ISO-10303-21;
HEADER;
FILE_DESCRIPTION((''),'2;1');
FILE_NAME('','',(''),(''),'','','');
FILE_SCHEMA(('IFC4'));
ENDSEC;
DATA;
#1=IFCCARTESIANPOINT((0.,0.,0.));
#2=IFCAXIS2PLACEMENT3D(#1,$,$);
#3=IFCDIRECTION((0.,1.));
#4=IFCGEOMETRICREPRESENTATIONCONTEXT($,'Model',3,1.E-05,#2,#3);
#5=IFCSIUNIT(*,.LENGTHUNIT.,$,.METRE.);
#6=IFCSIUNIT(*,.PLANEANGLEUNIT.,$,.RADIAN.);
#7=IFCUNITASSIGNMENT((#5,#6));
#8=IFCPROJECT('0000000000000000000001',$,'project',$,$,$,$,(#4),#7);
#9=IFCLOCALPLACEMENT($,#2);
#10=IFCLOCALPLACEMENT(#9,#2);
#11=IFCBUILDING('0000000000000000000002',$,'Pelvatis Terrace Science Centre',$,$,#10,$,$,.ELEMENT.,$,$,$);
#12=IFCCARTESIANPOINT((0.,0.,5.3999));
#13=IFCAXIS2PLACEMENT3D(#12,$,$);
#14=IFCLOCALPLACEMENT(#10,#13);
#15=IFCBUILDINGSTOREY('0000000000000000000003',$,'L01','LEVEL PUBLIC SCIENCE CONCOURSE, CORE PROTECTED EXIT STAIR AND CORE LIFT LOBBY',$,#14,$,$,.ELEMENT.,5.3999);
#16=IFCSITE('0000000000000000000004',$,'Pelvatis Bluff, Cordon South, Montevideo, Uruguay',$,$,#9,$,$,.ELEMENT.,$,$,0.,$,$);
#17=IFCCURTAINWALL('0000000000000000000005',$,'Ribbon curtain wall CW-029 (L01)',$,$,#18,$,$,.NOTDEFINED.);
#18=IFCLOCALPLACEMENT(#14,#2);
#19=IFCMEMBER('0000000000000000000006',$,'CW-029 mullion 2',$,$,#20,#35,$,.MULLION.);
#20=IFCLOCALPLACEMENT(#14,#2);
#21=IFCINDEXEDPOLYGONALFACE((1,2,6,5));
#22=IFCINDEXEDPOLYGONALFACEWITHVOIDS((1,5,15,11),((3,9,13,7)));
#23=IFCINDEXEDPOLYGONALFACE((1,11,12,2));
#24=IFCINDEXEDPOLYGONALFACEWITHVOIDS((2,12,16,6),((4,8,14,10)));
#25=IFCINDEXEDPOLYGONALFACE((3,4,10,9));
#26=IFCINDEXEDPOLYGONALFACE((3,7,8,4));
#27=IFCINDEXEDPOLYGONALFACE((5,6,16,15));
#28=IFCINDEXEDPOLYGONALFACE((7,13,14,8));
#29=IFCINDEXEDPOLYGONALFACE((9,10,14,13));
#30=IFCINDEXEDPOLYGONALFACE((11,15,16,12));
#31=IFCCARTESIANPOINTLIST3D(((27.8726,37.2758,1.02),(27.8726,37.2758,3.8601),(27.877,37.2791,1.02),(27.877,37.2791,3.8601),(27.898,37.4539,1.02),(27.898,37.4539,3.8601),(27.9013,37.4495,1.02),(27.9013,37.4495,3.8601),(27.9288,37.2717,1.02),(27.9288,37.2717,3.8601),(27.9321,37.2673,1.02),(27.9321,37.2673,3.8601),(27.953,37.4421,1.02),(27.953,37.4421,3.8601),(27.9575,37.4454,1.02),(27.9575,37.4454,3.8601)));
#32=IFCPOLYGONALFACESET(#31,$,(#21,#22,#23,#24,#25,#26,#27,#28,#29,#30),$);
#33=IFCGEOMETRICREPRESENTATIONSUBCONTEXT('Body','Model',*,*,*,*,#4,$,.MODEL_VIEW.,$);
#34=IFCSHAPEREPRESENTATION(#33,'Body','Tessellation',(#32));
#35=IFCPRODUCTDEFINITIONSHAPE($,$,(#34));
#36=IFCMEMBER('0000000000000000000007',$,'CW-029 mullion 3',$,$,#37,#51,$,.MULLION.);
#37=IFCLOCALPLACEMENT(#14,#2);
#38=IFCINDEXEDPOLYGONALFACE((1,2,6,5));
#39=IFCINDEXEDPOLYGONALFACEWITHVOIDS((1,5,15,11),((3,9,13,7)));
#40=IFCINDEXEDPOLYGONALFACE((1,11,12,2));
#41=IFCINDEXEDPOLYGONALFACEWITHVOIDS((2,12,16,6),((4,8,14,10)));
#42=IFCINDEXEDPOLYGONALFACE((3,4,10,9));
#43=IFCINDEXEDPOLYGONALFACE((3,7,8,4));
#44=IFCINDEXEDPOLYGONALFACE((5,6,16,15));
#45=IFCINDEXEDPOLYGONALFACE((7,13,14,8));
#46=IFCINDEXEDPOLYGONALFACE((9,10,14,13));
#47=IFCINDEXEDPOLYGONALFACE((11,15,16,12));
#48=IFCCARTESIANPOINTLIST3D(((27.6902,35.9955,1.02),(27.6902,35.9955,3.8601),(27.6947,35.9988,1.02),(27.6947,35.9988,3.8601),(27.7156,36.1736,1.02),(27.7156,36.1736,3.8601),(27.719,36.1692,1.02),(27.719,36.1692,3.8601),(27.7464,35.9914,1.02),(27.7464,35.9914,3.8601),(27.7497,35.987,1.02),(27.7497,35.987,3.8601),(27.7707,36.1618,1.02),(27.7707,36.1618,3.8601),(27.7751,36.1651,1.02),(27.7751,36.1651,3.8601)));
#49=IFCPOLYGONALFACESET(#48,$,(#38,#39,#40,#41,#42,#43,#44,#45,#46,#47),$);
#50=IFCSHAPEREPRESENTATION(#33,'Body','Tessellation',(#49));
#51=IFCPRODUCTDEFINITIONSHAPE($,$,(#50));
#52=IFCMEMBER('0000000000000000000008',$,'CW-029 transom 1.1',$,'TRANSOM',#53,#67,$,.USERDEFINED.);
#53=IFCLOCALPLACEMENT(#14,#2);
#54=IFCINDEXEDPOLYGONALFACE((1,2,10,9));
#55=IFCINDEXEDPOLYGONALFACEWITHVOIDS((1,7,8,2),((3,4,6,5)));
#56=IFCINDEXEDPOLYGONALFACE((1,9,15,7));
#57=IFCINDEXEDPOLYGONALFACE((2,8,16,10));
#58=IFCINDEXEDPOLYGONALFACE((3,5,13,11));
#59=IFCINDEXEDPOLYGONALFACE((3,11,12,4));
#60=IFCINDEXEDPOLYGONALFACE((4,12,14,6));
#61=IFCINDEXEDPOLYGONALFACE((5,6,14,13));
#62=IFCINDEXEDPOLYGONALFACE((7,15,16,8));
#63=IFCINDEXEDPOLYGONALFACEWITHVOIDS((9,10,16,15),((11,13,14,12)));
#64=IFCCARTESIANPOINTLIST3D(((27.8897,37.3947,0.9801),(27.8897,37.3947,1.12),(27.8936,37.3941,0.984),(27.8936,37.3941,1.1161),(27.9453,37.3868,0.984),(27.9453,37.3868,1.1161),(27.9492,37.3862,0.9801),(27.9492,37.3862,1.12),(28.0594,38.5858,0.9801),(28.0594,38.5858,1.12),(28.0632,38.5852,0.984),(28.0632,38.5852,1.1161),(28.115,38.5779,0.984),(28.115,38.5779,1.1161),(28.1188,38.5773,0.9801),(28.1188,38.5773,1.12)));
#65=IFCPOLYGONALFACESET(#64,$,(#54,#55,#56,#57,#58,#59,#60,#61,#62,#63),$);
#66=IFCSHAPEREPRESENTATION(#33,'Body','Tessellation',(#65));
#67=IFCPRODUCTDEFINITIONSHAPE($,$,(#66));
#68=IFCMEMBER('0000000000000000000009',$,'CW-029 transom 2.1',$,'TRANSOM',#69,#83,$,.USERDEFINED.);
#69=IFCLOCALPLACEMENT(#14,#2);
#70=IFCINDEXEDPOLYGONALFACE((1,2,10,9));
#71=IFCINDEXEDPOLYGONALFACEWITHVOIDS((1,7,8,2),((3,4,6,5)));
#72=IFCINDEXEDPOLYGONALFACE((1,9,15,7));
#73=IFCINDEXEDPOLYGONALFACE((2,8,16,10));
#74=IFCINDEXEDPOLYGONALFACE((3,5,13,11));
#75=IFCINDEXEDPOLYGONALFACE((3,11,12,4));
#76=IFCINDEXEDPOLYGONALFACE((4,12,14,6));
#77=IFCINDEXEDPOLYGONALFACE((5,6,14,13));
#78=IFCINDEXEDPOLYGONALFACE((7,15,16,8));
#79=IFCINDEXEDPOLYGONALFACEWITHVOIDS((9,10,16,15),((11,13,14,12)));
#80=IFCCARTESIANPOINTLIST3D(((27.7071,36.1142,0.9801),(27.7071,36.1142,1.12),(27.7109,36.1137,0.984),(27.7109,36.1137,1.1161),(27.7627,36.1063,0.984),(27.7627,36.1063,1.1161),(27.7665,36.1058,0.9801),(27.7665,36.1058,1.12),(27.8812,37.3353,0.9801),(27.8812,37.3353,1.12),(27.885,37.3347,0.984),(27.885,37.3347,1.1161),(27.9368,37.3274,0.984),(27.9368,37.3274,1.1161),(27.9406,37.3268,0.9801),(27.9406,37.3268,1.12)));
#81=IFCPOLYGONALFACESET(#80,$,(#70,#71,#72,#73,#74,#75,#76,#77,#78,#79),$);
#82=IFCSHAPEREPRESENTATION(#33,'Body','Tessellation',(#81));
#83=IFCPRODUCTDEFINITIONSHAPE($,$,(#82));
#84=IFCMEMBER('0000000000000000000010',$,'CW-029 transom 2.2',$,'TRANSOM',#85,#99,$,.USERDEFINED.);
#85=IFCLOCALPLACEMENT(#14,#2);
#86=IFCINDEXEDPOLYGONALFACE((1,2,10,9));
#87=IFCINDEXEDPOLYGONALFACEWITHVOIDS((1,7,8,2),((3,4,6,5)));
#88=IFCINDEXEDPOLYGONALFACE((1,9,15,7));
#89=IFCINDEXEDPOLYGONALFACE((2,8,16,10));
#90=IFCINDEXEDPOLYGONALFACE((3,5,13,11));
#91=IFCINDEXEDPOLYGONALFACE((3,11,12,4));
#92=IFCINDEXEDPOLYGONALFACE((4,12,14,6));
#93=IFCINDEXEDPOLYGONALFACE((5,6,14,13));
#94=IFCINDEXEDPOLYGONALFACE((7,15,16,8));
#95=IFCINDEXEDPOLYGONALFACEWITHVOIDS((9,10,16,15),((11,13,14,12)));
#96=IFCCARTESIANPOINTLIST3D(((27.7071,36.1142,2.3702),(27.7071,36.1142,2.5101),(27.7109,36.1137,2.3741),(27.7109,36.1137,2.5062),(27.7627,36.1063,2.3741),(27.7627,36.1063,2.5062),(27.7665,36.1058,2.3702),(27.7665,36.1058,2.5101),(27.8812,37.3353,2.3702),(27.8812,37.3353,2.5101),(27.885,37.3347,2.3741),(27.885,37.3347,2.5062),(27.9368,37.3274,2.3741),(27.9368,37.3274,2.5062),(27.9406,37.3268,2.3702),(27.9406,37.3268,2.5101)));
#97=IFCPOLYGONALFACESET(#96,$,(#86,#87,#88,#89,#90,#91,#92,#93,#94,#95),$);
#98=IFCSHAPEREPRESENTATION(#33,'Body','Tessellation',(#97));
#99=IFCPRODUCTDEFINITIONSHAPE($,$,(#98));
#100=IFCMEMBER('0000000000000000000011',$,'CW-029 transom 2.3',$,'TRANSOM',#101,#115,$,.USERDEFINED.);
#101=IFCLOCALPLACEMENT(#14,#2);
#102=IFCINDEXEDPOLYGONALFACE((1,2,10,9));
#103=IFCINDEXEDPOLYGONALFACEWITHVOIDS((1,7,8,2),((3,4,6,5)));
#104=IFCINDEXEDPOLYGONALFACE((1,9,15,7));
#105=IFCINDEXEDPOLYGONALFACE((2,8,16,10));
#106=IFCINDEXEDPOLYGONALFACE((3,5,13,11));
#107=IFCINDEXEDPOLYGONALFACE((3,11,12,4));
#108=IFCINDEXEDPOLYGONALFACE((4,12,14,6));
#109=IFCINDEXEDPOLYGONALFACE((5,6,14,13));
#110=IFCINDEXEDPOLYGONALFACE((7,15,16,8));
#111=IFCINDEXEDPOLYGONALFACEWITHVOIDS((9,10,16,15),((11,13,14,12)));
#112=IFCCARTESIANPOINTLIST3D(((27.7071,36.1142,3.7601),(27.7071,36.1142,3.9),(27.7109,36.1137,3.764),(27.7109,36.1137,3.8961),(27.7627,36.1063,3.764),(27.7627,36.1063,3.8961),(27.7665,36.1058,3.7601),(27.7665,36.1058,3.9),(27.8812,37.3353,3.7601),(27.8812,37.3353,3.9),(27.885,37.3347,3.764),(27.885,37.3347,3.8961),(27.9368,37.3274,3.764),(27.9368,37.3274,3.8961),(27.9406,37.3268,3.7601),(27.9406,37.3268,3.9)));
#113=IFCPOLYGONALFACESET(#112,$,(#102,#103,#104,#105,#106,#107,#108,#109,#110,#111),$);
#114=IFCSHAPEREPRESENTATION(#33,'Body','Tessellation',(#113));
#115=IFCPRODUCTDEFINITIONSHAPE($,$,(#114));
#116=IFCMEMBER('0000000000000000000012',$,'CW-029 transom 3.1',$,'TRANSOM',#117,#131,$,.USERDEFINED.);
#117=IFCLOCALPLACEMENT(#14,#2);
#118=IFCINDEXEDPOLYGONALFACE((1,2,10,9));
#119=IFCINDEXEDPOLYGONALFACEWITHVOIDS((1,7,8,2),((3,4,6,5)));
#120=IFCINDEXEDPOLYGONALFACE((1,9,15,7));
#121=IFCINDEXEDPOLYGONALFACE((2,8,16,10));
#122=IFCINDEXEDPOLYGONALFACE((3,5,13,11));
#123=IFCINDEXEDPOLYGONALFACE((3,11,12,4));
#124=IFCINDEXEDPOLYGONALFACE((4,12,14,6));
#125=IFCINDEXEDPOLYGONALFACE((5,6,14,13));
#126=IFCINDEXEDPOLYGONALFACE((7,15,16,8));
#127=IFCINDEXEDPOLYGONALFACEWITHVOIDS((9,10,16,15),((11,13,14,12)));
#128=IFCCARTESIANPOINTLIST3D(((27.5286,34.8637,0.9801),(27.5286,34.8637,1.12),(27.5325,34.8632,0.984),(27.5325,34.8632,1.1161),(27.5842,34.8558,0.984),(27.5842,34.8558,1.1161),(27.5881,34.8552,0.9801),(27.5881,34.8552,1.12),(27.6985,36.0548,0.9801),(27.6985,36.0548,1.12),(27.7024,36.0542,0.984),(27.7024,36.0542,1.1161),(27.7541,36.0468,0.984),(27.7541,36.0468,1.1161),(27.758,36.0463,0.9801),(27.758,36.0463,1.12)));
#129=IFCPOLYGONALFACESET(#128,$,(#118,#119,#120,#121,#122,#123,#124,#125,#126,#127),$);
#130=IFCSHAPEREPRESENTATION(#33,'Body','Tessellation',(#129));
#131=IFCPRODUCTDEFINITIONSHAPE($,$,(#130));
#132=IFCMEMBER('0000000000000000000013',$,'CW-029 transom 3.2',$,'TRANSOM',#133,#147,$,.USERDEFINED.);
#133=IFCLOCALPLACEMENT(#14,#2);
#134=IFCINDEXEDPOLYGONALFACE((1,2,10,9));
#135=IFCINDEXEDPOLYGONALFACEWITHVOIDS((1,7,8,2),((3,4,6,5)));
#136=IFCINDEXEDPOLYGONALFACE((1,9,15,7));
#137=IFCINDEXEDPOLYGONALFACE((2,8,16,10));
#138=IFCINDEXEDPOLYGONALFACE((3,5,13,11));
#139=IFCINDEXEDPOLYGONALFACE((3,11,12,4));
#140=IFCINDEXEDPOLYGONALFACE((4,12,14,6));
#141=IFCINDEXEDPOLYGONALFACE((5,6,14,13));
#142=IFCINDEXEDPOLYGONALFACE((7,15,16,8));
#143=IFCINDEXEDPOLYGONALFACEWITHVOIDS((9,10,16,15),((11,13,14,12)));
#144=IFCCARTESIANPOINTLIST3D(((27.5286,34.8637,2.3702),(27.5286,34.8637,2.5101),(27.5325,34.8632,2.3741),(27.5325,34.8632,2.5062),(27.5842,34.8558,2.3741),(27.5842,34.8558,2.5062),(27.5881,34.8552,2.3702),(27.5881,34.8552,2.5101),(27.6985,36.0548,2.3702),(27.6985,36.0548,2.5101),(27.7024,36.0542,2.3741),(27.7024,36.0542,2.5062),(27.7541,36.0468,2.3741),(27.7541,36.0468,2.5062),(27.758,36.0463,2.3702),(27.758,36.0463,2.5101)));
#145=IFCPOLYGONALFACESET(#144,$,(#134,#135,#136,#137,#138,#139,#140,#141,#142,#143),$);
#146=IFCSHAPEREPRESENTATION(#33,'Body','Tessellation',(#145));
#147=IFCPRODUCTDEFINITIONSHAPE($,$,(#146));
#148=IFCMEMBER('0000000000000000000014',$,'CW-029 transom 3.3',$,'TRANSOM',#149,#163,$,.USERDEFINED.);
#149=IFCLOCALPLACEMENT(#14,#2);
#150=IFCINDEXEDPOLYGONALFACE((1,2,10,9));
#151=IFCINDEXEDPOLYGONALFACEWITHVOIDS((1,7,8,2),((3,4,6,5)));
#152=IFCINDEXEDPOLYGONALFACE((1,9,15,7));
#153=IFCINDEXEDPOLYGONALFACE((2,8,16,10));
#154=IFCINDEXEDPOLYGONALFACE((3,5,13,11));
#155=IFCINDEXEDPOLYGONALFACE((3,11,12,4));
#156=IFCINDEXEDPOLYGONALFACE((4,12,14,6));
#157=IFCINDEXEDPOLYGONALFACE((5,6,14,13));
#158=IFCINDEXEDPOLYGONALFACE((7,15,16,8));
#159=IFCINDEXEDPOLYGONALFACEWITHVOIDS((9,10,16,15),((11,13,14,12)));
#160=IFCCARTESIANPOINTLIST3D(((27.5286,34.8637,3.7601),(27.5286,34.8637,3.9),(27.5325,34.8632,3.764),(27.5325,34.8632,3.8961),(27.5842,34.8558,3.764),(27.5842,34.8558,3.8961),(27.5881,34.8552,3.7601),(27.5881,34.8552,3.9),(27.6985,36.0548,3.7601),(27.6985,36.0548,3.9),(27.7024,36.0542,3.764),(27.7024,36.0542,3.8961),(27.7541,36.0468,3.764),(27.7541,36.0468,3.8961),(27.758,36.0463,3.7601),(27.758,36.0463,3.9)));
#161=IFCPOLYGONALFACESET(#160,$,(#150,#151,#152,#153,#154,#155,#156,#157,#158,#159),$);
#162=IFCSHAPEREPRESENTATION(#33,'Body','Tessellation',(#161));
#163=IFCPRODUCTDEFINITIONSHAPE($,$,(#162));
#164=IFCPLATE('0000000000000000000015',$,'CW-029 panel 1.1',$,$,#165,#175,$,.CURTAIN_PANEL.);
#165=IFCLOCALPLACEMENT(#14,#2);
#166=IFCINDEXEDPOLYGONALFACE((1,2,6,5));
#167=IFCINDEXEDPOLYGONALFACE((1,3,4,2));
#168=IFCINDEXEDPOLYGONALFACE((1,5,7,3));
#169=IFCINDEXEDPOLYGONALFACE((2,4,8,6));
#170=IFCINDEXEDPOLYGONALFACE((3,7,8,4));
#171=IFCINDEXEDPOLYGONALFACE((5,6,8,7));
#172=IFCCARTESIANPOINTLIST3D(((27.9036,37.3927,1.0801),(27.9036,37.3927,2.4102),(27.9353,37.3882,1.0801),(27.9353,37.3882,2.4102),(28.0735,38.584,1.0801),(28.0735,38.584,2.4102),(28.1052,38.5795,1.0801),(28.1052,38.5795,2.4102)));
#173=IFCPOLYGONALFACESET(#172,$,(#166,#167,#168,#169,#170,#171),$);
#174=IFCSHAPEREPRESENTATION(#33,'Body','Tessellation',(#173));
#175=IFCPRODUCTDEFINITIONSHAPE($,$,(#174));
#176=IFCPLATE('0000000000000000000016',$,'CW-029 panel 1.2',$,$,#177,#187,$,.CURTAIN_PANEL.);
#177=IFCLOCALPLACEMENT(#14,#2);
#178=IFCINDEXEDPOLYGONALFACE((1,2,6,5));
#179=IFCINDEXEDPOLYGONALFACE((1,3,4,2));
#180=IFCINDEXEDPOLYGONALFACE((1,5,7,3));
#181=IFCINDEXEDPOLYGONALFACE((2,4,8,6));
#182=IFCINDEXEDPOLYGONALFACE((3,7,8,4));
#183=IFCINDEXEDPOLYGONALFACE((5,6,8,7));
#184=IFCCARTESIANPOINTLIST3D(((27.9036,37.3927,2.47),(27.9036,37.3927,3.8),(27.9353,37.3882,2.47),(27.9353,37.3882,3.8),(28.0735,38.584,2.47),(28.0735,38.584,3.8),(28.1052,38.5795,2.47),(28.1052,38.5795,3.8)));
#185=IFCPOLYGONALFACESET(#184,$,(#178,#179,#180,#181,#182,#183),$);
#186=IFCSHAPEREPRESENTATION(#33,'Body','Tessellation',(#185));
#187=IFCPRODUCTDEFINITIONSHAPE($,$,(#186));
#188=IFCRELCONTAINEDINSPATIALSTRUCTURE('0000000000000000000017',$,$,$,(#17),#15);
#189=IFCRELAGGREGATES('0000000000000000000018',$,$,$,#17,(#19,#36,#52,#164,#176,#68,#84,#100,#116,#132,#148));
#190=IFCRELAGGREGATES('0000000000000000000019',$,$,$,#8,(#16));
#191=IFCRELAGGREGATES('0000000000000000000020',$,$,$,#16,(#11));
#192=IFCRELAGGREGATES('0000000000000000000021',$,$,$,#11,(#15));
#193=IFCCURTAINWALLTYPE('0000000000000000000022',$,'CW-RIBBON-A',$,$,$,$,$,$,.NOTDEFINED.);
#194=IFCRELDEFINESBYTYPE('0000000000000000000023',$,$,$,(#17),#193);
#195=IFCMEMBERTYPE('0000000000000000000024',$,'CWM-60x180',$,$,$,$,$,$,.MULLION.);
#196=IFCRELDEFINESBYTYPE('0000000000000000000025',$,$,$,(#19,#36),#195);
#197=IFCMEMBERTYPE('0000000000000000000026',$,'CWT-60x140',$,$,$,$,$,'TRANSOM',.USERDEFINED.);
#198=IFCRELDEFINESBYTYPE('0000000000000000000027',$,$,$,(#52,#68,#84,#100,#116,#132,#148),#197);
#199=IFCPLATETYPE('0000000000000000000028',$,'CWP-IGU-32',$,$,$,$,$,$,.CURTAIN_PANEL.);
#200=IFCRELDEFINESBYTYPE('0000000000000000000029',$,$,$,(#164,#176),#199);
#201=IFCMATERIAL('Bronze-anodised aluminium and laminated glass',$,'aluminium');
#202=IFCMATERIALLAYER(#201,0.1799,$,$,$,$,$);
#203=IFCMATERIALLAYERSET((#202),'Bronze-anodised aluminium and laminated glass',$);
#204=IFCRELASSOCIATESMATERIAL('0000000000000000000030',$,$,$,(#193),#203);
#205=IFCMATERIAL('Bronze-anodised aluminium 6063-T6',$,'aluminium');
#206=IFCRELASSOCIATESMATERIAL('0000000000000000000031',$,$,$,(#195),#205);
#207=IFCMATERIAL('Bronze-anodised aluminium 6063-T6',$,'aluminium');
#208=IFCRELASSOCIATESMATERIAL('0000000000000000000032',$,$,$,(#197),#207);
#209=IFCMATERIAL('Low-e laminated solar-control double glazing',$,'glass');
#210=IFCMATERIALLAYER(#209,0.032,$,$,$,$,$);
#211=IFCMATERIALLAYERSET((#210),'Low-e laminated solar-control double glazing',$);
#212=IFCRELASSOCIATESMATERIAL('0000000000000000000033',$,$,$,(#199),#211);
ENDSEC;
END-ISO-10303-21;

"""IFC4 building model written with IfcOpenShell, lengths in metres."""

from ifc_helpers import new_model, si_unit, direction, frame, origin, origin_2d, place, context, subcontext, project, spatial, rectangle, hollow_rectangle, extrude, material, layer, layer_set, material_profile, profile_set, type_object, element, aggregate, save


model = new_model("IFC4")

# Units and contexts
model_context = context("Model", 3, precision=1e-05, world=origin(), true_north=direction((0.0, 1.0)))
body_context = subcontext(model_context, "Body", "Model", "MODEL_VIEW")
ifc_project = project(units=[si_unit("LENGTHUNIT", "METRE"), si_unit("PLANEANGLEUNIT", "RADIAN")], contexts=[model_context])

# Site, building, storey
site_placement = place(None, origin())
site = spatial("IfcSite", under=ifc_project, at=site_placement, Name="Pelvatis Bluff, Cordon South, Montevideo, Uruguay", CompositionType="ELEMENT", RefElevation=0.0)
building_placement = place(site_placement, origin())
building = spatial("IfcBuilding", under=site, at=building_placement, Name="Pelvatis Terrace Science Centre", CompositionType="ELEMENT")
storey_placement = place(building_placement, frame((0.0, 0.0, 5.3999)))
storey = spatial("IfcBuildingStorey", under=building, at=storey_placement, Name="L01", Description="LEVEL PUBLIC SCIENCE CONCOURSE, CORE PROTECTED EXIT STAIR AND CORE LIFT LOBBY", CompositionType="ELEMENT", Elevation=5.3999)

# Curtain wall, members, plates
ifc_material_1 = material(Name="Bronze-anodised aluminium and laminated glass", Category="aluminium")
ifc_layer_1 = layer(ifc_material_1, 0.1799)
ifc_layer_set_1 = layer_set([ifc_layer_1], Name="Bronze-anodised aluminium and laminated glass")
curtain_wall_type = type_object("IfcCurtainWallType", Name="CW-RIBBON-A", PredefinedType="NOTDEFINED", material=ifc_layer_set_1)
curtain_wall_placement = place(storey_placement, origin())
curtain_wall = element("IfcCurtainWall", 1, at=curtain_wall_placement, inside=storey, type_object=curtain_wall_type, Name="Ribbon curtain wall CW-029 (L01)", PredefinedType="NOTDEFINED")
ifc_material_2 = material(Name="Bronze-anodised aluminium 6063-T6", Category="aluminium")
ifc_material_profile_1 = material_profile(ifc_material_2, hollow_rectangle(XDim=0.0601, YDim=0.1799, WallThickness=0.0039, at=origin_2d()), Name="ALU-MUL 60x180")
ifc_profile_set_1 = profile_set([ifc_material_profile_1], Name="Bronze-anodised aluminium 6063-T6")
member_type_1 = type_object("IfcMemberType", Name="CWM-60x180", PredefinedType="MULLION", material=ifc_profile_set_1)
member_1_placement = place(storey_placement, frame((27.915, 37.3606, 1.02), z_axis=(0.0, 0.0, 1.0), x_axis=(0.989986, -0.141165, 0.0)))
member_1 = element("IfcMember", 2, at=member_1_placement, type_object=member_type_1, Name="CW-029 mullion 2", PredefinedType="MULLION", context=body_context, shape_type="SweptSolid", body=[
    extrude(hollow_rectangle(XDim=0.0601, YDim=0.1799, WallThickness=0.0039, at=origin_2d()), origin(), (0.0, 0.0, 1.0), 2.8401),
])
member_2_placement = place(storey_placement, frame((27.7327, 36.0803, 1.02), z_axis=(0.0, 0.0, 1.0), x_axis=(0.989986, -0.141165, 0.0)))
member_2 = element("IfcMember", 3, at=member_2_placement, type_object=member_type_1, Name="CW-029 mullion 3", PredefinedType="MULLION", context=body_context, shape_type="SweptSolid", body=[
    extrude(hollow_rectangle(XDim=0.0601, YDim=0.1799, WallThickness=0.0039, at=origin_2d()), origin(), (0.0, 0.0, 1.0), 2.8401),
])
ifc_material_3 = material(Name="Bronze-anodised aluminium 6063-T6", Category="aluminium")
ifc_material_profile_2 = material_profile(ifc_material_3, hollow_rectangle(XDim=0.0601, YDim=0.1399, WallThickness=0.0039, at=origin_2d()), Name="ALU-TRN 60x140")
ifc_profile_set_2 = profile_set([ifc_material_profile_2], Name="Bronze-anodised aluminium 6063-T6")
member_type_2 = type_object("IfcMemberType", Name="CWT-60x140", ElementType="TRANSOM", PredefinedType="USERDEFINED", material=ifc_profile_set_2)
member_3_placement = place(storey_placement, frame((28.0891, 38.5815, 1.05), z_axis=(-0.141024, -0.990006, 0.0), x_axis=(0.990006, -0.141024, 0.0)))
member_3 = element("IfcMember", 4, at=member_3_placement, type_object=member_type_2, Name="CW-029 transom 1.1", ObjectType="TRANSOM", PredefinedType="USERDEFINED", context=body_context, shape_type="SweptSolid", body=[
    extrude(hollow_rectangle(XDim=0.0601, YDim=0.1399, WallThickness=0.0039, at=origin_2d()), origin(), (0.0, 0.0, 1.0), 1.2031),
])
member_4_placement = place(storey_placement, frame((27.9109, 37.3311, 1.05), z_axis=(-0.141144, -0.989989, 0.0), x_axis=(0.989989, -0.141144, 0.0)))
member_4 = element("IfcMember", 5, at=member_4_placement, type_object=member_type_2, Name="CW-029 transom 2.1", ObjectType="TRANSOM", PredefinedType="USERDEFINED", context=body_context, shape_type="SweptSolid", body=[
    extrude(hollow_rectangle(XDim=0.0601, YDim=0.1399, WallThickness=0.0039, at=origin_2d()), origin(), (0.0, 0.0, 1.0), 1.2334),
])
member_5_placement = place(storey_placement, frame((27.9109, 37.3311, 2.4402), z_axis=(-0.141144, -0.989989, 0.0), x_axis=(0.989989, -0.141144, 0.0)))
member_5 = element("IfcMember", 6, at=member_5_placement, type_object=member_type_2, Name="CW-029 transom 2.2", ObjectType="TRANSOM", PredefinedType="USERDEFINED", context=body_context, shape_type="SweptSolid", body=[
    extrude(hollow_rectangle(XDim=0.0601, YDim=0.1399, WallThickness=0.0039, at=origin_2d()), origin(), (0.0, 0.0, 1.0), 1.2334),
])
member_6_placement = place(storey_placement, frame((27.9109, 37.3311, 3.8301), z_axis=(-0.141144, -0.989989, 0.0), x_axis=(0.989989, -0.141144, 0.0)))
member_6 = element("IfcMember", 7, at=member_6_placement, type_object=member_type_2, Name="CW-029 transom 2.3", ObjectType="TRANSOM", PredefinedType="USERDEFINED", context=body_context, shape_type="SweptSolid", body=[
    extrude(hollow_rectangle(XDim=0.0601, YDim=0.1399, WallThickness=0.0039, at=origin_2d()), origin(), (0.0, 0.0, 1.0), 1.2334),
])
member_7_placement = place(storey_placement, frame((27.7283, 36.0505, 1.05), z_axis=(-0.141223, -0.989978, 0.0), x_axis=(0.989978, -0.141223, 0.0)))
member_7 = element("IfcMember", 8, at=member_7_placement, type_object=member_type_2, Name="CW-029 transom 3.1", ObjectType="TRANSOM", PredefinedType="USERDEFINED", context=body_context, shape_type="SweptSolid", body=[
    extrude(hollow_rectangle(XDim=0.0601, YDim=0.1399, WallThickness=0.0039, at=origin_2d()), origin(), (0.0, 0.0, 1.0), 1.2031),
])
member_8_placement = place(storey_placement, frame((27.7283, 36.0505, 2.4402), z_axis=(-0.141223, -0.989978, 0.0), x_axis=(0.989978, -0.141223, 0.0)))
member_8 = element("IfcMember", 9, at=member_8_placement, type_object=member_type_2, Name="CW-029 transom 3.2", ObjectType="TRANSOM", PredefinedType="USERDEFINED", context=body_context, shape_type="SweptSolid", body=[
    extrude(hollow_rectangle(XDim=0.0601, YDim=0.1399, WallThickness=0.0039, at=origin_2d()), origin(), (0.0, 0.0, 1.0), 1.2031),
])
member_9_placement = place(storey_placement, frame((27.7283, 36.0505, 3.8301), z_axis=(-0.141223, -0.989978, 0.0), x_axis=(0.989978, -0.141223, 0.0)))
member_9 = element("IfcMember", 10, at=member_9_placement, type_object=member_type_2, Name="CW-029 transom 3.3", ObjectType="TRANSOM", PredefinedType="USERDEFINED", context=body_context, shape_type="SweptSolid", body=[
    extrude(hollow_rectangle(XDim=0.0601, YDim=0.1399, WallThickness=0.0039, at=origin_2d()), origin(), (0.0, 0.0, 1.0), 1.2031),
])
ifc_material_4 = material(Name="Low-e laminated solar-control double glazing", Category="glass")
ifc_layer_2 = layer(ifc_material_4, 0.032)
ifc_layer_set_2 = layer_set([ifc_layer_2], Name="Low-e laminated solar-control double glazing")
plate_type = type_object("IfcPlateType", Name="CWP-IGU-32", PredefinedType="CURTAIN_PANEL", material=ifc_layer_set_2)
plate_1_placement = place(storey_placement, frame((28.0044, 37.9861, 1.0801), z_axis=(0.0, 0.0, 1.0), x_axis=(-0.141165, -0.989986, 0.0)))
plate_1 = element("IfcPlate", 11, at=plate_1_placement, type_object=plate_type, Name="CW-029 panel 1.1", PredefinedType="CURTAIN_PANEL", context=body_context, shape_type="SweptSolid", body=[
    extrude(rectangle(XDim=1.2034, YDim=0.032, at=origin_2d()), origin(), (0.0, 0.0, 1.0), 1.3301),
])
plate_2_placement = place(storey_placement, frame((28.0044, 37.9861, 2.47), z_axis=(0.0, 0.0, 1.0), x_axis=(-0.141165, -0.989986, 0.0)))
plate_2 = element("IfcPlate", 12, at=plate_2_placement, type_object=plate_type, Name="CW-029 panel 1.2", PredefinedType="CURTAIN_PANEL", context=body_context, shape_type="SweptSolid", body=[
    extrude(rectangle(XDim=1.2034, YDim=0.032, at=origin_2d()), origin(), (0.0, 0.0, 1.0), 1.3301),
])
aggregate(curtain_wall, [member_1, member_2, member_3, plate_1, plate_2, member_4, member_5, member_6, member_7, member_8, member_9])

save(model, "model.ifc")
